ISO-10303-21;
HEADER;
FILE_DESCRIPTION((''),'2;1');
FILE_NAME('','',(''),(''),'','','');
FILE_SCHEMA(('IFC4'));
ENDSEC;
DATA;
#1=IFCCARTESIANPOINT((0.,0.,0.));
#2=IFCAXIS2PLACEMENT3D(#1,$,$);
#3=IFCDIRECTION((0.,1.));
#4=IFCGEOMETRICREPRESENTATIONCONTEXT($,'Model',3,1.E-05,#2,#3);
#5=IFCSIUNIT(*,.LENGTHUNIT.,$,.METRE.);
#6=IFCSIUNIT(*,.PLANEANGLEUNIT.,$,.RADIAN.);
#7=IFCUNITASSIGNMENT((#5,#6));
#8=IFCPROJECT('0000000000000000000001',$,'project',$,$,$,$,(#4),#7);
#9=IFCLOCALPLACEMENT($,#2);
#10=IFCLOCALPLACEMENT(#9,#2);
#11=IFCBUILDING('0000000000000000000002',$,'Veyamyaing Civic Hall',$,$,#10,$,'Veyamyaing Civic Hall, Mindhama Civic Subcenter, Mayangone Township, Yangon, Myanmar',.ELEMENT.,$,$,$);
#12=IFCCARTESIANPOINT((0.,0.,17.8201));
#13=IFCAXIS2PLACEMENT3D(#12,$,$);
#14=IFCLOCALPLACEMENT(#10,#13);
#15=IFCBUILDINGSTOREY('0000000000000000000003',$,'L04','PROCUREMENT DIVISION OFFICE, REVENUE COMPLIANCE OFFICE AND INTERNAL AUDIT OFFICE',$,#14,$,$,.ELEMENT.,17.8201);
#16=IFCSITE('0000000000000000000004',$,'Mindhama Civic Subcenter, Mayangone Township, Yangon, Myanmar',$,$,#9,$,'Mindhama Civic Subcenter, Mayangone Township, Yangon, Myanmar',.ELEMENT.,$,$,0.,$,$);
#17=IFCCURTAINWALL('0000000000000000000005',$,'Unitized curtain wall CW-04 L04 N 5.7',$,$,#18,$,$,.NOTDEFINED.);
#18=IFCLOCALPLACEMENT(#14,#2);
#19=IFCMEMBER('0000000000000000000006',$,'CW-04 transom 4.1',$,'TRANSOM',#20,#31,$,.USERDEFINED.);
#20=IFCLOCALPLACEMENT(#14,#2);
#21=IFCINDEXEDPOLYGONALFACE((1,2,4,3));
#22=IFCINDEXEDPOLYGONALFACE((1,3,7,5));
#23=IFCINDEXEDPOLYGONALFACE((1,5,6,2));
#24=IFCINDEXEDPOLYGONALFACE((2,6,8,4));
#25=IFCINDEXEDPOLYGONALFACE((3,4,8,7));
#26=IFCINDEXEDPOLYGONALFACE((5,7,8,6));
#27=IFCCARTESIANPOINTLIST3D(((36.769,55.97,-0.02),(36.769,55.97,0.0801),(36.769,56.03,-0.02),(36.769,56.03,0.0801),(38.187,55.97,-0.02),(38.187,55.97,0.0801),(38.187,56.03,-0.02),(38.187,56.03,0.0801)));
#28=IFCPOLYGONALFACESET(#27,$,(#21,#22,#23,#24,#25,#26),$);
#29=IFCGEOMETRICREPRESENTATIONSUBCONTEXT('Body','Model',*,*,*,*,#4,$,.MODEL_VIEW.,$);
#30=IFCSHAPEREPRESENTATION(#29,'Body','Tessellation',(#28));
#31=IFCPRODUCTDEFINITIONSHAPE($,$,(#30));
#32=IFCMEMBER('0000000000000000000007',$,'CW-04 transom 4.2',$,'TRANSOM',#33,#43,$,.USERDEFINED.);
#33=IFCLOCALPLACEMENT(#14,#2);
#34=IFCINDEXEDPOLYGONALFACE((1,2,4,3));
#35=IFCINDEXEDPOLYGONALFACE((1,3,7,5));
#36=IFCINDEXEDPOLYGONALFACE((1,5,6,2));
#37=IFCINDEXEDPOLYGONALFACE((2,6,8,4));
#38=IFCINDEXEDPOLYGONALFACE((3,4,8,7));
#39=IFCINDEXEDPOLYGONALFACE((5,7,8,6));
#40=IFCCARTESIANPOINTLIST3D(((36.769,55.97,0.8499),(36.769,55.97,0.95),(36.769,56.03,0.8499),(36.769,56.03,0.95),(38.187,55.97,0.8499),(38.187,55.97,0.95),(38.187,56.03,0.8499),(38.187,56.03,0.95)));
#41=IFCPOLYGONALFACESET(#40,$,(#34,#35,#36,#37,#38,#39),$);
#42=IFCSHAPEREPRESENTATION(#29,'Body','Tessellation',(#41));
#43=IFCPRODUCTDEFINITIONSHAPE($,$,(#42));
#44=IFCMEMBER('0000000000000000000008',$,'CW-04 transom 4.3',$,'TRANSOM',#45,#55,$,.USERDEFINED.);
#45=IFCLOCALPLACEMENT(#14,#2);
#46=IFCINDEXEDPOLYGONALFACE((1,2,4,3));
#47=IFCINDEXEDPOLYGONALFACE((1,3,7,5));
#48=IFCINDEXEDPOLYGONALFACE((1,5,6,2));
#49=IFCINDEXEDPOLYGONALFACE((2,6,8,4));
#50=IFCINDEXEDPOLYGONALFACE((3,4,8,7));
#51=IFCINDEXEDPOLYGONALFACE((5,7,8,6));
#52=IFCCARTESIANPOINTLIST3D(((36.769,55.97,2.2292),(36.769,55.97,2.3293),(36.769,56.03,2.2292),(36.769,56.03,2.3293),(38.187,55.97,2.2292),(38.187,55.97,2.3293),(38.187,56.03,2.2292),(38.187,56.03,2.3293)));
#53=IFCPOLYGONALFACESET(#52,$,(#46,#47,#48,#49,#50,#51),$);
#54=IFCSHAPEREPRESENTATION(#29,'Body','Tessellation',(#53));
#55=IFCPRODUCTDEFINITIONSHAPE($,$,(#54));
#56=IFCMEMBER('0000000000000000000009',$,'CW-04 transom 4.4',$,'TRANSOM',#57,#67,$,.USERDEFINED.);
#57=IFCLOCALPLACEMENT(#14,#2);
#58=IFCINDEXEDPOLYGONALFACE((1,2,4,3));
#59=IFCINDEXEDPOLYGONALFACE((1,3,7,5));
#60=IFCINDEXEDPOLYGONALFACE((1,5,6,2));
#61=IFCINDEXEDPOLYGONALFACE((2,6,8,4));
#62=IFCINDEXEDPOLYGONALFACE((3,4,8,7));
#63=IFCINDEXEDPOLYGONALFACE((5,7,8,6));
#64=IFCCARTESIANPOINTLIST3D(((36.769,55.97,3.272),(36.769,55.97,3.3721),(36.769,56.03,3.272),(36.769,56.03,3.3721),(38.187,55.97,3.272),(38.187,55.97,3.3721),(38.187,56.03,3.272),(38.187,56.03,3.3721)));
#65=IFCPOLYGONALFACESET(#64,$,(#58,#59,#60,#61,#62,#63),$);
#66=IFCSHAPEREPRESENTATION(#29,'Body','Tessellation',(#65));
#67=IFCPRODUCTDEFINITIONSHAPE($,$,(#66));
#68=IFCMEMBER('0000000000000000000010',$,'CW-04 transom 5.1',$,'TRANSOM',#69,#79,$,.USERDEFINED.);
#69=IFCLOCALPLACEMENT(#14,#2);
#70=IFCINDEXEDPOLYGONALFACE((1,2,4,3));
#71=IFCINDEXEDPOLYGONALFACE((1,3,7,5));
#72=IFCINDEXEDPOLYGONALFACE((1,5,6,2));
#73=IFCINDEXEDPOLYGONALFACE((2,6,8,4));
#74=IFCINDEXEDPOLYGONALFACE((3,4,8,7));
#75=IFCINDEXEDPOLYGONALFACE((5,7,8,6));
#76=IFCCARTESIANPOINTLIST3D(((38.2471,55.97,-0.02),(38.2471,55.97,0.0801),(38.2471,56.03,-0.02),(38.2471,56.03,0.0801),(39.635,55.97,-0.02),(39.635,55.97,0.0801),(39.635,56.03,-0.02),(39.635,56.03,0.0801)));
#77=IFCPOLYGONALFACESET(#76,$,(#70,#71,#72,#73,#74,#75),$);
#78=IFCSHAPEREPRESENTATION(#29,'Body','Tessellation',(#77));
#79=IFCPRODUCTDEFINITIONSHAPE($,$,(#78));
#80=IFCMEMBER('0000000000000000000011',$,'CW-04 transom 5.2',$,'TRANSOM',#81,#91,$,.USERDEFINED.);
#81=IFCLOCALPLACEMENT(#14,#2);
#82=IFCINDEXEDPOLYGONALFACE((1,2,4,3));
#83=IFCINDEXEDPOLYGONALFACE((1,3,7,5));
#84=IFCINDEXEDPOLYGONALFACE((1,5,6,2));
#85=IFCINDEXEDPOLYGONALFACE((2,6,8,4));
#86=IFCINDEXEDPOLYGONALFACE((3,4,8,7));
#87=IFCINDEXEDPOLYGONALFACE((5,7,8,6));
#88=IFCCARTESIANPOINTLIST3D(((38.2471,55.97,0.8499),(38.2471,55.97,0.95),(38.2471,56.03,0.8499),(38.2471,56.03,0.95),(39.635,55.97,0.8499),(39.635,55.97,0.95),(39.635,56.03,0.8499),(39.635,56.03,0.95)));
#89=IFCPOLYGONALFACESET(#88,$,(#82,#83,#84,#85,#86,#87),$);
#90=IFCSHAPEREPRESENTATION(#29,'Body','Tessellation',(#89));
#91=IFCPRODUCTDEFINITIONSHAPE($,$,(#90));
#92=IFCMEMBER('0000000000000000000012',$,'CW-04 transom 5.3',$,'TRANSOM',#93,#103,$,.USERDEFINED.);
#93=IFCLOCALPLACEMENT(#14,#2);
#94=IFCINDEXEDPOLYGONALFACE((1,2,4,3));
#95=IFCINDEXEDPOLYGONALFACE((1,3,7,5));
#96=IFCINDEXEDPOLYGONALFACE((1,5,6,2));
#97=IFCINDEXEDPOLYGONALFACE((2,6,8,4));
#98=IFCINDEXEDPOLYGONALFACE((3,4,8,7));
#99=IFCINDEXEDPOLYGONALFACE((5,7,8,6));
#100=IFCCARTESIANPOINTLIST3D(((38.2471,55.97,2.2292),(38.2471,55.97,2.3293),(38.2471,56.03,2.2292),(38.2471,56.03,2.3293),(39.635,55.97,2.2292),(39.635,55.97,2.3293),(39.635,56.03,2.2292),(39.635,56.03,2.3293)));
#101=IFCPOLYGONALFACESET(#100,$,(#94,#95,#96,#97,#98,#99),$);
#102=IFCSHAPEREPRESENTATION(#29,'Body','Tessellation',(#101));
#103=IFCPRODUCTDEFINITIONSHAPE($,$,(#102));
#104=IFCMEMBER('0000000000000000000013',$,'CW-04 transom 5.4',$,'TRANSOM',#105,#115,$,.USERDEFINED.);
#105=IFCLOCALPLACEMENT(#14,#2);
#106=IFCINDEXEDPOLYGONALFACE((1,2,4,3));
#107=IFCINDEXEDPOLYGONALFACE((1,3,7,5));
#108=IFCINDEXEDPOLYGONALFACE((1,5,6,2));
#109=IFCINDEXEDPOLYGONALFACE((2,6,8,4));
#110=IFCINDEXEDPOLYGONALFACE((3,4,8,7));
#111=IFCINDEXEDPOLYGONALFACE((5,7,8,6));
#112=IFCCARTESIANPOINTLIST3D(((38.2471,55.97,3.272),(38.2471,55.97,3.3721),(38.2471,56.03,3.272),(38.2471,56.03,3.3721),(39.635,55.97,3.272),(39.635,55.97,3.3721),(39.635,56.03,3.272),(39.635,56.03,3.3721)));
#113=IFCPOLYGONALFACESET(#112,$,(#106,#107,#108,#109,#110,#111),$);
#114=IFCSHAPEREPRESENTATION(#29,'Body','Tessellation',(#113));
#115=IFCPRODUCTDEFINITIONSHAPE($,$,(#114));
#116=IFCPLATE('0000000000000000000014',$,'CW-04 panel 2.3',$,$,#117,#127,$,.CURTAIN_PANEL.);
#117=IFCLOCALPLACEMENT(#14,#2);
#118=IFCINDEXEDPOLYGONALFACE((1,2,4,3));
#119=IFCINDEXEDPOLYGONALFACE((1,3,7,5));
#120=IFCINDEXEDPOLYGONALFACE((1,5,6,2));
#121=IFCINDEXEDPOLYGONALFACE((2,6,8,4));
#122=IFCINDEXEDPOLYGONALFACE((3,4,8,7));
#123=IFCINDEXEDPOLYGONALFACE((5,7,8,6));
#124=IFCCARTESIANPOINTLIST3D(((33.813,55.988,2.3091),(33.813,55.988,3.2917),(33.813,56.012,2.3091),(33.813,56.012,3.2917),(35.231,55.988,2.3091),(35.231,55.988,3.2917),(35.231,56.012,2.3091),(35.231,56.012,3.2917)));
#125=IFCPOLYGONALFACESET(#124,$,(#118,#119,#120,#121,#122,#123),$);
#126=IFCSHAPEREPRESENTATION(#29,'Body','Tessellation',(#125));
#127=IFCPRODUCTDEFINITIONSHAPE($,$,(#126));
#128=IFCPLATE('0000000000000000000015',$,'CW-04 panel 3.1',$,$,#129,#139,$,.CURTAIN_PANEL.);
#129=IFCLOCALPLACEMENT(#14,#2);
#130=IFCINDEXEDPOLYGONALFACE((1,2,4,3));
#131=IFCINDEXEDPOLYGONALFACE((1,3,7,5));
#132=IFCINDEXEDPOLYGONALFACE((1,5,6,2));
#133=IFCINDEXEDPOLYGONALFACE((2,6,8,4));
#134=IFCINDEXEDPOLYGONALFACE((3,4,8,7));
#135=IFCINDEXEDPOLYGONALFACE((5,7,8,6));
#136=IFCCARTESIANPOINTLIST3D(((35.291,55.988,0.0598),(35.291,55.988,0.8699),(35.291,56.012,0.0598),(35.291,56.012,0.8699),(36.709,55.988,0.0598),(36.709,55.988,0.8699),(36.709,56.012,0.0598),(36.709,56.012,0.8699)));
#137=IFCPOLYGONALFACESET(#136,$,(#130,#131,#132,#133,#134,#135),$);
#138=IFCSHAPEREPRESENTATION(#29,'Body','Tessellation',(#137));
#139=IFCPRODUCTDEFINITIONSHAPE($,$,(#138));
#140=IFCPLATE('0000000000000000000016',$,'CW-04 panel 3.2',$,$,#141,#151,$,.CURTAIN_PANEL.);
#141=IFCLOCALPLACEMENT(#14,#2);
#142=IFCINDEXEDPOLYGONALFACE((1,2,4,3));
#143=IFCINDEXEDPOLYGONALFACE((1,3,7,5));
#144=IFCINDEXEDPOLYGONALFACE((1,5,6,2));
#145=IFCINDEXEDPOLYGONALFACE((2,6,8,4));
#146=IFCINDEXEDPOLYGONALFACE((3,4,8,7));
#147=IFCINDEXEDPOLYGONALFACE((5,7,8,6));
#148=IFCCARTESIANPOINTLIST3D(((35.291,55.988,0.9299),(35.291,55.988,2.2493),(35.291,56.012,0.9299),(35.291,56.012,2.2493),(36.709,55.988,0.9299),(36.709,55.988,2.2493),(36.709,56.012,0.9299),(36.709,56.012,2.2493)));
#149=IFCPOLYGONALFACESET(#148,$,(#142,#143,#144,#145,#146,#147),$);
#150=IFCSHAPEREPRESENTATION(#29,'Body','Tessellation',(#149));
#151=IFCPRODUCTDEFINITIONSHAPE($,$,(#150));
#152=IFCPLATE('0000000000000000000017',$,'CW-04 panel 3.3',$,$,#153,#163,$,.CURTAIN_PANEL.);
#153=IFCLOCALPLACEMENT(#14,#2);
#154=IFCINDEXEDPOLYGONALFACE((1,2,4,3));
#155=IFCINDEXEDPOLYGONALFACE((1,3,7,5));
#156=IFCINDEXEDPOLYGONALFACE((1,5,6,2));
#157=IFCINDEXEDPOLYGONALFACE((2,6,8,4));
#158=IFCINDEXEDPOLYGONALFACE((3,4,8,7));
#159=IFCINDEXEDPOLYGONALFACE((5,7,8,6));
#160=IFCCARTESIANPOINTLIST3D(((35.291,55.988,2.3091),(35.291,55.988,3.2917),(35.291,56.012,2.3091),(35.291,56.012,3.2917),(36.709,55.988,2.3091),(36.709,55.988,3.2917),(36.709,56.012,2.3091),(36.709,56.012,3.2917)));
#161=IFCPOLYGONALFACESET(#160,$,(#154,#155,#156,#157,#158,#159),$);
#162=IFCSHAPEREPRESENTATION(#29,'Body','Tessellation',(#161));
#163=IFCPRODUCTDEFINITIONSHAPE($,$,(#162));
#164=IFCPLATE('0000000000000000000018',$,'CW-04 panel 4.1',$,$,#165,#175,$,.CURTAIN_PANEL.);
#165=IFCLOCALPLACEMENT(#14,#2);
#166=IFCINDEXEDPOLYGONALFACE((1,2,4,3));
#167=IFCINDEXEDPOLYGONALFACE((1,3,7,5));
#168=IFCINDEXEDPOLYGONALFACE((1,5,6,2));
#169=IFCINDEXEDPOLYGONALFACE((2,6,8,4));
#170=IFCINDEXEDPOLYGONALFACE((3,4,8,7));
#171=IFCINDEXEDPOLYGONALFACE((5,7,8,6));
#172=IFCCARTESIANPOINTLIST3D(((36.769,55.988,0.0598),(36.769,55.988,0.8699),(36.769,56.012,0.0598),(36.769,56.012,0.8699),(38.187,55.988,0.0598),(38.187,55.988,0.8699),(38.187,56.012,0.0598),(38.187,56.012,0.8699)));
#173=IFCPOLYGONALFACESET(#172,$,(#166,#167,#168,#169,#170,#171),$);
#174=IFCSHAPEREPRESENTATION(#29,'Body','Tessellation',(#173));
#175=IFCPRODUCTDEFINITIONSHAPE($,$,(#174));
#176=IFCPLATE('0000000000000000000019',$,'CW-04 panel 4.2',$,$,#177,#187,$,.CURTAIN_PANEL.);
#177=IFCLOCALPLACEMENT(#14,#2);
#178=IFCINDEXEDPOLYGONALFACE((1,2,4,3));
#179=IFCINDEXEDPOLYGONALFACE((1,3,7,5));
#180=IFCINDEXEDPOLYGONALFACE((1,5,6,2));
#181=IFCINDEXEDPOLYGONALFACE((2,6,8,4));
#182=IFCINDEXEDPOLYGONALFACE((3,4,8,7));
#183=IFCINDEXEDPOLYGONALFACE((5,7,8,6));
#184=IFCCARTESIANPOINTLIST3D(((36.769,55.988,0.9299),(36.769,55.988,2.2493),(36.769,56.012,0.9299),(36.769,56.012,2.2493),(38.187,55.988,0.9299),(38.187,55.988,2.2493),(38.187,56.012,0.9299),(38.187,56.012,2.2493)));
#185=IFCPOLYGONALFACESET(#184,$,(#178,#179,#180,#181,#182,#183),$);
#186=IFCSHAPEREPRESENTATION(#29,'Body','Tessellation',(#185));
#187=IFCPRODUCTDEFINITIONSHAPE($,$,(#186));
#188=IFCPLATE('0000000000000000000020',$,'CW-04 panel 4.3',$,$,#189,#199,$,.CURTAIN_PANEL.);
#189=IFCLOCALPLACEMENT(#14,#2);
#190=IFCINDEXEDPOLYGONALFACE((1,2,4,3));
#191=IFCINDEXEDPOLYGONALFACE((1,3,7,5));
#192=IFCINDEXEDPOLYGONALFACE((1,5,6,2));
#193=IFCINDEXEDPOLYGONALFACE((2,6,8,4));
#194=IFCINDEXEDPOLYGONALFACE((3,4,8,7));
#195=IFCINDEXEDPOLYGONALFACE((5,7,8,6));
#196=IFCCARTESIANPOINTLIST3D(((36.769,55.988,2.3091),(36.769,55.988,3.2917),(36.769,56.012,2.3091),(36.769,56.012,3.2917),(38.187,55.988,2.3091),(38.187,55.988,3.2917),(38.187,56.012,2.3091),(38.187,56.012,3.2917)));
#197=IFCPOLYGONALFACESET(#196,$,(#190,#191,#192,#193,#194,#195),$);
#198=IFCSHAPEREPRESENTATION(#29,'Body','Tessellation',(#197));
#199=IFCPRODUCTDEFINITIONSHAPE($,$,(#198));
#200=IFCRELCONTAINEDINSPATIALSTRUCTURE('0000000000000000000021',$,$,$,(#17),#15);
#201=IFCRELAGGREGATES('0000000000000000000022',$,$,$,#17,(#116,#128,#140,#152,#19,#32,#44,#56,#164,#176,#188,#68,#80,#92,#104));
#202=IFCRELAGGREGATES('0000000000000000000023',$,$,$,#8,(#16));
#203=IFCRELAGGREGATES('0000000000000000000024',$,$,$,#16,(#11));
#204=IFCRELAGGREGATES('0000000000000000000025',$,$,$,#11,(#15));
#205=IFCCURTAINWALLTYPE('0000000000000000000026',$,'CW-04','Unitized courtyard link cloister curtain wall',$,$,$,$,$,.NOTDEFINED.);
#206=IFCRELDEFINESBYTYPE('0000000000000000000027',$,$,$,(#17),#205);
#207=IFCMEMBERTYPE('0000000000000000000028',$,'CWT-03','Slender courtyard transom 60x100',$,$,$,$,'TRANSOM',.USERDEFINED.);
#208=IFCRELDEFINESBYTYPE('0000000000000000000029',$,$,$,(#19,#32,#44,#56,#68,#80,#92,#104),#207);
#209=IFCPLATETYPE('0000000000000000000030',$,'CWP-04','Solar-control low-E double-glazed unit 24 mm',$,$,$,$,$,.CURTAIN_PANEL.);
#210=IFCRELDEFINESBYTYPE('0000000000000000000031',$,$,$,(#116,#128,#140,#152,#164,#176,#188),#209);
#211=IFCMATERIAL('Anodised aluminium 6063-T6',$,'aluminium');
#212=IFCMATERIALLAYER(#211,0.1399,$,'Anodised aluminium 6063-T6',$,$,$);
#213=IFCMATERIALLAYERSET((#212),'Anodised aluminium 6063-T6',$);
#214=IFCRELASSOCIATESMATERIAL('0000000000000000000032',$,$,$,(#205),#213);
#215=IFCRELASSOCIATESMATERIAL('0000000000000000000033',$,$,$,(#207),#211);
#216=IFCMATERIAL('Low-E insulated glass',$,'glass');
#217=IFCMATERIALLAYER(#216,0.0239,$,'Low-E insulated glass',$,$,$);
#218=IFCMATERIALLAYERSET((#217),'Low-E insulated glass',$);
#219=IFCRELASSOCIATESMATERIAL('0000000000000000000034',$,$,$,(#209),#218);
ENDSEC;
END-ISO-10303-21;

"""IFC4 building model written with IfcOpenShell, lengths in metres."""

from ifc_helpers import new_model, si_unit, direction, frame, origin, origin_2d, place, context, subcontext, project, spatial, rectangle, extrude, material, layer, layer_set, material_profile, profile_set, type_object, element, aggregate, save


model = new_model("IFC4")

# Units and contexts
model_context = context("Model", 3, precision=1e-05, world=origin(), true_north=direction((0.0, 1.0)))
body_context = subcontext(model_context, "Body", "Model", "MODEL_VIEW")
ifc_project = project(units=[si_unit("LENGTHUNIT", "METRE"), si_unit("PLANEANGLEUNIT", "RADIAN")], contexts=[model_context])

# Site, building, storey
site_placement = place(None, origin())
site = spatial("IfcSite", under=ifc_project, at=site_placement, Name="Mindhama Civic Subcenter, Mayangone Township, Yangon, Myanmar", LongName="Mindhama Civic Subcenter, Mayangone Township, Yangon, Myanmar", CompositionType="ELEMENT", RefElevation=0.0)
building_placement = place(site_placement, origin())
building = spatial("IfcBuilding", under=site, at=building_placement, Name="Veyamyaing Civic Hall", LongName="Veyamyaing Civic Hall, Mindhama Civic Subcenter, Mayangone Township, Yangon, Myanmar", CompositionType="ELEMENT")
storey_placement = place(building_placement, frame((0.0, 0.0, 17.8201)))
storey = spatial("IfcBuildingStorey", under=building, at=storey_placement, Name="L04", Description="PROCUREMENT DIVISION OFFICE, REVENUE COMPLIANCE OFFICE AND INTERNAL AUDIT OFFICE", CompositionType="ELEMENT", Elevation=17.8201)

# Curtain wall
ifc_material_1 = material(Name="Anodised aluminium 6063-T6", Category="aluminium")
ifc_layer_1 = layer(ifc_material_1, 0.1399, Name="Anodised aluminium 6063-T6")
ifc_layer_set_1 = layer_set([ifc_layer_1], Name="Anodised aluminium 6063-T6")
curtain_wall_type = type_object("IfcCurtainWallType", Name="CW-04", Description="Unitized courtyard link cloister curtain wall", PredefinedType="NOTDEFINED", material=ifc_layer_set_1)
curtain_wall_1_placement = place(storey_placement, origin())
curtain_wall_1 = element("IfcCurtainWall", 1, at=curtain_wall_1_placement, inside=storey, type_object=curtain_wall_type, Name="Unitized curtain wall CW-04 L04 N 5.7", PredefinedType="NOTDEFINED")

# Members
ifc_material_profile_1 = material_profile(ifc_material_1, rectangle(XDim=0.0601, YDim=0.1001, at=origin_2d()), Name="ALU-TRN-60X100")
ifc_profile_set_1 = profile_set([ifc_material_profile_1], Name="Anodised aluminium 6063-T6")
member_type_1 = type_object("IfcMemberType", Name="CWT-03", Description="Slender courtyard transom 60x100", ElementType="TRANSOM", PredefinedType="USERDEFINED", material=ifc_profile_set_1)
member_1_placement = place(storey_placement, frame((36.769, 56.0, 0.03), z_axis=(1.0, 0.0, 0.0), x_axis=(0.0, 1.0, 0.0)))
member_1 = element("IfcMember", 2, at=member_1_placement, type_object=member_type_1, Name="CW-04 transom 4.1", ObjectType="TRANSOM", PredefinedType="USERDEFINED", context=body_context, shape_type="SweptSolid", body=[
    extrude(rectangle(XDim=0.0601, YDim=0.1001, at=origin_2d()), origin(), (0.0, 0.0, 1.0), 1.418),
])
member_2_placement = place(storey_placement, frame((36.769, 56.0, 0.8999), z_axis=(1.0, 0.0, 0.0), x_axis=(0.0, 1.0, 0.0)))
member_2 = element("IfcMember", 3, at=member_2_placement, type_object=member_type_1, Name="CW-04 transom 4.2", ObjectType="TRANSOM", PredefinedType="USERDEFINED", context=body_context, shape_type="SweptSolid", body=[
    extrude(rectangle(XDim=0.0601, YDim=0.1001, at=origin_2d()), origin(), (0.0, 0.0, 1.0), 1.418),
])
member_3_placement = place(storey_placement, frame((36.769, 56.0, 2.2793), z_axis=(1.0, 0.0, 0.0), x_axis=(0.0, 1.0, 0.0)))
member_3 = element("IfcMember", 4, at=member_3_placement, type_object=member_type_1, Name="CW-04 transom 4.3", ObjectType="TRANSOM", PredefinedType="USERDEFINED", context=body_context, shape_type="SweptSolid", body=[
    extrude(rectangle(XDim=0.0601, YDim=0.1001, at=origin_2d()), origin(), (0.0, 0.0, 1.0), 1.418),
])
member_4_placement = place(storey_placement, frame((36.769, 56.0, 3.322), z_axis=(1.0, 0.0, 0.0), x_axis=(0.0, 1.0, 0.0)))
member_4 = element("IfcMember", 5, at=member_4_placement, type_object=member_type_1, Name="CW-04 transom 4.4", ObjectType="TRANSOM", PredefinedType="USERDEFINED", context=body_context, shape_type="SweptSolid", body=[
    extrude(rectangle(XDim=0.0601, YDim=0.1001, at=origin_2d()), origin(), (0.0, 0.0, 1.0), 1.418),
])
member_5_placement = place(storey_placement, frame((38.2471, 56.0, 0.03), z_axis=(1.0, 0.0, 0.0), x_axis=(0.0, 1.0, 0.0)))
member_5 = element("IfcMember", 6, at=member_5_placement, type_object=member_type_1, Name="CW-04 transom 5.1", ObjectType="TRANSOM", PredefinedType="USERDEFINED", context=body_context, shape_type="SweptSolid", body=[
    extrude(rectangle(XDim=0.0601, YDim=0.1001, at=origin_2d()), origin(), (0.0, 0.0, 1.0), 1.3879),
])
member_6_placement = place(storey_placement, frame((38.2471, 56.0, 0.8999), z_axis=(1.0, 0.0, 0.0), x_axis=(0.0, 1.0, 0.0)))
member_6 = element("IfcMember", 7, at=member_6_placement, type_object=member_type_1, Name="CW-04 transom 5.2", ObjectType="TRANSOM", PredefinedType="USERDEFINED", context=body_context, shape_type="SweptSolid", body=[
    extrude(rectangle(XDim=0.0601, YDim=0.1001, at=origin_2d()), origin(), (0.0, 0.0, 1.0), 1.3879),
])
member_7_placement = place(storey_placement, frame((38.2471, 56.0, 2.2793), z_axis=(1.0, 0.0, 0.0), x_axis=(0.0, 1.0, 0.0)))
member_7 = element("IfcMember", 8, at=member_7_placement, type_object=member_type_1, Name="CW-04 transom 5.3", ObjectType="TRANSOM", PredefinedType="USERDEFINED", context=body_context, shape_type="SweptSolid", body=[
    extrude(rectangle(XDim=0.0601, YDim=0.1001, at=origin_2d()), origin(), (0.0, 0.0, 1.0), 1.3879),
])
member_8_placement = place(storey_placement, frame((38.2471, 56.0, 3.322), z_axis=(1.0, 0.0, 0.0), x_axis=(0.0, 1.0, 0.0)))
member_8 = element("IfcMember", 9, at=member_8_placement, type_object=member_type_1, Name="CW-04 transom 5.4", ObjectType="TRANSOM", PredefinedType="USERDEFINED", context=body_context, shape_type="SweptSolid", body=[
    extrude(rectangle(XDim=0.0601, YDim=0.1001, at=origin_2d()), origin(), (0.0, 0.0, 1.0), 1.3879),
])

# Plates
ifc_material_2 = material(Name="Low-E insulated glass", Category="glass")
ifc_layer_2 = layer(ifc_material_2, 0.0239, Name="Low-E insulated glass")
ifc_layer_set_2 = layer_set([ifc_layer_2], Name="Low-E insulated glass")
plate_type = type_object("IfcPlateType", Name="CWP-04", Description="Solar-control low-E double-glazed unit 24 mm", PredefinedType="CURTAIN_PANEL", material=ifc_layer_set_2)
plate_1_placement = place(storey_placement, frame((34.522, 56.0, 2.3091), z_axis=(0.0, 0.0, 1.0), x_axis=(1.0, 0.0, 0.0)))
plate_1 = element("IfcPlate", 10, at=plate_1_placement, type_object=plate_type, Name="CW-04 panel 2.3", PredefinedType="CURTAIN_PANEL", context=body_context, shape_type="SweptSolid", body=[
    extrude(rectangle(XDim=1.418, YDim=0.0239, at=origin_2d()), origin(), (0.0, 0.0, 1.0), 0.9827),
])
plate_2_placement = place(storey_placement, frame((36.0, 56.0, 0.0598), z_axis=(0.0, 0.0, 1.0), x_axis=(1.0, 0.0, 0.0)))
plate_2 = element("IfcPlate", 11, at=plate_2_placement, type_object=plate_type, Name="CW-04 panel 3.1", PredefinedType="CURTAIN_PANEL", context=body_context, shape_type="SweptSolid", body=[
    extrude(rectangle(XDim=1.418, YDim=0.0239, at=origin_2d()), origin(), (0.0, 0.0, 1.0), 0.8101),
])
plate_3_placement = place(storey_placement, frame((36.0, 56.0, 0.9299), z_axis=(0.0, 0.0, 1.0), x_axis=(1.0, 0.0, 0.0)))
plate_3 = element("IfcPlate", 12, at=plate_3_placement, type_object=plate_type, Name="CW-04 panel 3.2", PredefinedType="CURTAIN_PANEL", context=body_context, shape_type="SweptSolid", body=[
    extrude(rectangle(XDim=1.418, YDim=0.0239, at=origin_2d()), origin(), (0.0, 0.0, 1.0), 1.3193),
])
plate_4_placement = place(storey_placement, frame((36.0, 56.0, 2.3091), z_axis=(0.0, 0.0, 1.0), x_axis=(1.0, 0.0, 0.0)))
plate_4 = element("IfcPlate", 13, at=plate_4_placement, type_object=plate_type, Name="CW-04 panel 3.3", PredefinedType="CURTAIN_PANEL", context=body_context, shape_type="SweptSolid", body=[
    extrude(rectangle(XDim=1.418, YDim=0.0239, at=origin_2d()), origin(), (0.0, 0.0, 1.0), 0.9827),
])
plate_5_placement = place(storey_placement, frame((37.478, 56.0, 0.0598), z_axis=(0.0, 0.0, 1.0), x_axis=(1.0, 0.0, 0.0)))
plate_5 = element("IfcPlate", 14, at=plate_5_placement, type_object=plate_type, Name="CW-04 panel 4.1", PredefinedType="CURTAIN_PANEL", context=body_context, shape_type="SweptSolid", body=[
    extrude(rectangle(XDim=1.418, YDim=0.0239, at=origin_2d()), origin(), (0.0, 0.0, 1.0), 0.8101),
])
plate_6_placement = place(storey_placement, frame((37.478, 56.0, 0.9299), z_axis=(0.0, 0.0, 1.0), x_axis=(1.0, 0.0, 0.0)))
plate_6 = element("IfcPlate", 15, at=plate_6_placement, type_object=plate_type, Name="CW-04 panel 4.2", PredefinedType="CURTAIN_PANEL", context=body_context, shape_type="SweptSolid", body=[
    extrude(rectangle(XDim=1.418, YDim=0.0239, at=origin_2d()), origin(), (0.0, 0.0, 1.0), 1.3193),
])
plate_7_placement = place(storey_placement, frame((37.478, 56.0, 2.3091), z_axis=(0.0, 0.0, 1.0), x_axis=(1.0, 0.0, 0.0)))
plate_7 = element("IfcPlate", 16, at=plate_7_placement, type_object=plate_type, Name="CW-04 panel 4.3", PredefinedType="CURTAIN_PANEL", context=body_context, shape_type="SweptSolid", body=[
    extrude(rectangle(XDim=1.418, YDim=0.0239, at=origin_2d()), origin(), (0.0, 0.0, 1.0), 0.9827),
])
aggregate(curtain_wall_1, [plate_1, plate_2, plate_3, plate_4, member_1, member_2, member_3, member_4, plate_5, plate_6, plate_7, member_5, member_6, member_7, member_8])

save(model, "model.ifc")
